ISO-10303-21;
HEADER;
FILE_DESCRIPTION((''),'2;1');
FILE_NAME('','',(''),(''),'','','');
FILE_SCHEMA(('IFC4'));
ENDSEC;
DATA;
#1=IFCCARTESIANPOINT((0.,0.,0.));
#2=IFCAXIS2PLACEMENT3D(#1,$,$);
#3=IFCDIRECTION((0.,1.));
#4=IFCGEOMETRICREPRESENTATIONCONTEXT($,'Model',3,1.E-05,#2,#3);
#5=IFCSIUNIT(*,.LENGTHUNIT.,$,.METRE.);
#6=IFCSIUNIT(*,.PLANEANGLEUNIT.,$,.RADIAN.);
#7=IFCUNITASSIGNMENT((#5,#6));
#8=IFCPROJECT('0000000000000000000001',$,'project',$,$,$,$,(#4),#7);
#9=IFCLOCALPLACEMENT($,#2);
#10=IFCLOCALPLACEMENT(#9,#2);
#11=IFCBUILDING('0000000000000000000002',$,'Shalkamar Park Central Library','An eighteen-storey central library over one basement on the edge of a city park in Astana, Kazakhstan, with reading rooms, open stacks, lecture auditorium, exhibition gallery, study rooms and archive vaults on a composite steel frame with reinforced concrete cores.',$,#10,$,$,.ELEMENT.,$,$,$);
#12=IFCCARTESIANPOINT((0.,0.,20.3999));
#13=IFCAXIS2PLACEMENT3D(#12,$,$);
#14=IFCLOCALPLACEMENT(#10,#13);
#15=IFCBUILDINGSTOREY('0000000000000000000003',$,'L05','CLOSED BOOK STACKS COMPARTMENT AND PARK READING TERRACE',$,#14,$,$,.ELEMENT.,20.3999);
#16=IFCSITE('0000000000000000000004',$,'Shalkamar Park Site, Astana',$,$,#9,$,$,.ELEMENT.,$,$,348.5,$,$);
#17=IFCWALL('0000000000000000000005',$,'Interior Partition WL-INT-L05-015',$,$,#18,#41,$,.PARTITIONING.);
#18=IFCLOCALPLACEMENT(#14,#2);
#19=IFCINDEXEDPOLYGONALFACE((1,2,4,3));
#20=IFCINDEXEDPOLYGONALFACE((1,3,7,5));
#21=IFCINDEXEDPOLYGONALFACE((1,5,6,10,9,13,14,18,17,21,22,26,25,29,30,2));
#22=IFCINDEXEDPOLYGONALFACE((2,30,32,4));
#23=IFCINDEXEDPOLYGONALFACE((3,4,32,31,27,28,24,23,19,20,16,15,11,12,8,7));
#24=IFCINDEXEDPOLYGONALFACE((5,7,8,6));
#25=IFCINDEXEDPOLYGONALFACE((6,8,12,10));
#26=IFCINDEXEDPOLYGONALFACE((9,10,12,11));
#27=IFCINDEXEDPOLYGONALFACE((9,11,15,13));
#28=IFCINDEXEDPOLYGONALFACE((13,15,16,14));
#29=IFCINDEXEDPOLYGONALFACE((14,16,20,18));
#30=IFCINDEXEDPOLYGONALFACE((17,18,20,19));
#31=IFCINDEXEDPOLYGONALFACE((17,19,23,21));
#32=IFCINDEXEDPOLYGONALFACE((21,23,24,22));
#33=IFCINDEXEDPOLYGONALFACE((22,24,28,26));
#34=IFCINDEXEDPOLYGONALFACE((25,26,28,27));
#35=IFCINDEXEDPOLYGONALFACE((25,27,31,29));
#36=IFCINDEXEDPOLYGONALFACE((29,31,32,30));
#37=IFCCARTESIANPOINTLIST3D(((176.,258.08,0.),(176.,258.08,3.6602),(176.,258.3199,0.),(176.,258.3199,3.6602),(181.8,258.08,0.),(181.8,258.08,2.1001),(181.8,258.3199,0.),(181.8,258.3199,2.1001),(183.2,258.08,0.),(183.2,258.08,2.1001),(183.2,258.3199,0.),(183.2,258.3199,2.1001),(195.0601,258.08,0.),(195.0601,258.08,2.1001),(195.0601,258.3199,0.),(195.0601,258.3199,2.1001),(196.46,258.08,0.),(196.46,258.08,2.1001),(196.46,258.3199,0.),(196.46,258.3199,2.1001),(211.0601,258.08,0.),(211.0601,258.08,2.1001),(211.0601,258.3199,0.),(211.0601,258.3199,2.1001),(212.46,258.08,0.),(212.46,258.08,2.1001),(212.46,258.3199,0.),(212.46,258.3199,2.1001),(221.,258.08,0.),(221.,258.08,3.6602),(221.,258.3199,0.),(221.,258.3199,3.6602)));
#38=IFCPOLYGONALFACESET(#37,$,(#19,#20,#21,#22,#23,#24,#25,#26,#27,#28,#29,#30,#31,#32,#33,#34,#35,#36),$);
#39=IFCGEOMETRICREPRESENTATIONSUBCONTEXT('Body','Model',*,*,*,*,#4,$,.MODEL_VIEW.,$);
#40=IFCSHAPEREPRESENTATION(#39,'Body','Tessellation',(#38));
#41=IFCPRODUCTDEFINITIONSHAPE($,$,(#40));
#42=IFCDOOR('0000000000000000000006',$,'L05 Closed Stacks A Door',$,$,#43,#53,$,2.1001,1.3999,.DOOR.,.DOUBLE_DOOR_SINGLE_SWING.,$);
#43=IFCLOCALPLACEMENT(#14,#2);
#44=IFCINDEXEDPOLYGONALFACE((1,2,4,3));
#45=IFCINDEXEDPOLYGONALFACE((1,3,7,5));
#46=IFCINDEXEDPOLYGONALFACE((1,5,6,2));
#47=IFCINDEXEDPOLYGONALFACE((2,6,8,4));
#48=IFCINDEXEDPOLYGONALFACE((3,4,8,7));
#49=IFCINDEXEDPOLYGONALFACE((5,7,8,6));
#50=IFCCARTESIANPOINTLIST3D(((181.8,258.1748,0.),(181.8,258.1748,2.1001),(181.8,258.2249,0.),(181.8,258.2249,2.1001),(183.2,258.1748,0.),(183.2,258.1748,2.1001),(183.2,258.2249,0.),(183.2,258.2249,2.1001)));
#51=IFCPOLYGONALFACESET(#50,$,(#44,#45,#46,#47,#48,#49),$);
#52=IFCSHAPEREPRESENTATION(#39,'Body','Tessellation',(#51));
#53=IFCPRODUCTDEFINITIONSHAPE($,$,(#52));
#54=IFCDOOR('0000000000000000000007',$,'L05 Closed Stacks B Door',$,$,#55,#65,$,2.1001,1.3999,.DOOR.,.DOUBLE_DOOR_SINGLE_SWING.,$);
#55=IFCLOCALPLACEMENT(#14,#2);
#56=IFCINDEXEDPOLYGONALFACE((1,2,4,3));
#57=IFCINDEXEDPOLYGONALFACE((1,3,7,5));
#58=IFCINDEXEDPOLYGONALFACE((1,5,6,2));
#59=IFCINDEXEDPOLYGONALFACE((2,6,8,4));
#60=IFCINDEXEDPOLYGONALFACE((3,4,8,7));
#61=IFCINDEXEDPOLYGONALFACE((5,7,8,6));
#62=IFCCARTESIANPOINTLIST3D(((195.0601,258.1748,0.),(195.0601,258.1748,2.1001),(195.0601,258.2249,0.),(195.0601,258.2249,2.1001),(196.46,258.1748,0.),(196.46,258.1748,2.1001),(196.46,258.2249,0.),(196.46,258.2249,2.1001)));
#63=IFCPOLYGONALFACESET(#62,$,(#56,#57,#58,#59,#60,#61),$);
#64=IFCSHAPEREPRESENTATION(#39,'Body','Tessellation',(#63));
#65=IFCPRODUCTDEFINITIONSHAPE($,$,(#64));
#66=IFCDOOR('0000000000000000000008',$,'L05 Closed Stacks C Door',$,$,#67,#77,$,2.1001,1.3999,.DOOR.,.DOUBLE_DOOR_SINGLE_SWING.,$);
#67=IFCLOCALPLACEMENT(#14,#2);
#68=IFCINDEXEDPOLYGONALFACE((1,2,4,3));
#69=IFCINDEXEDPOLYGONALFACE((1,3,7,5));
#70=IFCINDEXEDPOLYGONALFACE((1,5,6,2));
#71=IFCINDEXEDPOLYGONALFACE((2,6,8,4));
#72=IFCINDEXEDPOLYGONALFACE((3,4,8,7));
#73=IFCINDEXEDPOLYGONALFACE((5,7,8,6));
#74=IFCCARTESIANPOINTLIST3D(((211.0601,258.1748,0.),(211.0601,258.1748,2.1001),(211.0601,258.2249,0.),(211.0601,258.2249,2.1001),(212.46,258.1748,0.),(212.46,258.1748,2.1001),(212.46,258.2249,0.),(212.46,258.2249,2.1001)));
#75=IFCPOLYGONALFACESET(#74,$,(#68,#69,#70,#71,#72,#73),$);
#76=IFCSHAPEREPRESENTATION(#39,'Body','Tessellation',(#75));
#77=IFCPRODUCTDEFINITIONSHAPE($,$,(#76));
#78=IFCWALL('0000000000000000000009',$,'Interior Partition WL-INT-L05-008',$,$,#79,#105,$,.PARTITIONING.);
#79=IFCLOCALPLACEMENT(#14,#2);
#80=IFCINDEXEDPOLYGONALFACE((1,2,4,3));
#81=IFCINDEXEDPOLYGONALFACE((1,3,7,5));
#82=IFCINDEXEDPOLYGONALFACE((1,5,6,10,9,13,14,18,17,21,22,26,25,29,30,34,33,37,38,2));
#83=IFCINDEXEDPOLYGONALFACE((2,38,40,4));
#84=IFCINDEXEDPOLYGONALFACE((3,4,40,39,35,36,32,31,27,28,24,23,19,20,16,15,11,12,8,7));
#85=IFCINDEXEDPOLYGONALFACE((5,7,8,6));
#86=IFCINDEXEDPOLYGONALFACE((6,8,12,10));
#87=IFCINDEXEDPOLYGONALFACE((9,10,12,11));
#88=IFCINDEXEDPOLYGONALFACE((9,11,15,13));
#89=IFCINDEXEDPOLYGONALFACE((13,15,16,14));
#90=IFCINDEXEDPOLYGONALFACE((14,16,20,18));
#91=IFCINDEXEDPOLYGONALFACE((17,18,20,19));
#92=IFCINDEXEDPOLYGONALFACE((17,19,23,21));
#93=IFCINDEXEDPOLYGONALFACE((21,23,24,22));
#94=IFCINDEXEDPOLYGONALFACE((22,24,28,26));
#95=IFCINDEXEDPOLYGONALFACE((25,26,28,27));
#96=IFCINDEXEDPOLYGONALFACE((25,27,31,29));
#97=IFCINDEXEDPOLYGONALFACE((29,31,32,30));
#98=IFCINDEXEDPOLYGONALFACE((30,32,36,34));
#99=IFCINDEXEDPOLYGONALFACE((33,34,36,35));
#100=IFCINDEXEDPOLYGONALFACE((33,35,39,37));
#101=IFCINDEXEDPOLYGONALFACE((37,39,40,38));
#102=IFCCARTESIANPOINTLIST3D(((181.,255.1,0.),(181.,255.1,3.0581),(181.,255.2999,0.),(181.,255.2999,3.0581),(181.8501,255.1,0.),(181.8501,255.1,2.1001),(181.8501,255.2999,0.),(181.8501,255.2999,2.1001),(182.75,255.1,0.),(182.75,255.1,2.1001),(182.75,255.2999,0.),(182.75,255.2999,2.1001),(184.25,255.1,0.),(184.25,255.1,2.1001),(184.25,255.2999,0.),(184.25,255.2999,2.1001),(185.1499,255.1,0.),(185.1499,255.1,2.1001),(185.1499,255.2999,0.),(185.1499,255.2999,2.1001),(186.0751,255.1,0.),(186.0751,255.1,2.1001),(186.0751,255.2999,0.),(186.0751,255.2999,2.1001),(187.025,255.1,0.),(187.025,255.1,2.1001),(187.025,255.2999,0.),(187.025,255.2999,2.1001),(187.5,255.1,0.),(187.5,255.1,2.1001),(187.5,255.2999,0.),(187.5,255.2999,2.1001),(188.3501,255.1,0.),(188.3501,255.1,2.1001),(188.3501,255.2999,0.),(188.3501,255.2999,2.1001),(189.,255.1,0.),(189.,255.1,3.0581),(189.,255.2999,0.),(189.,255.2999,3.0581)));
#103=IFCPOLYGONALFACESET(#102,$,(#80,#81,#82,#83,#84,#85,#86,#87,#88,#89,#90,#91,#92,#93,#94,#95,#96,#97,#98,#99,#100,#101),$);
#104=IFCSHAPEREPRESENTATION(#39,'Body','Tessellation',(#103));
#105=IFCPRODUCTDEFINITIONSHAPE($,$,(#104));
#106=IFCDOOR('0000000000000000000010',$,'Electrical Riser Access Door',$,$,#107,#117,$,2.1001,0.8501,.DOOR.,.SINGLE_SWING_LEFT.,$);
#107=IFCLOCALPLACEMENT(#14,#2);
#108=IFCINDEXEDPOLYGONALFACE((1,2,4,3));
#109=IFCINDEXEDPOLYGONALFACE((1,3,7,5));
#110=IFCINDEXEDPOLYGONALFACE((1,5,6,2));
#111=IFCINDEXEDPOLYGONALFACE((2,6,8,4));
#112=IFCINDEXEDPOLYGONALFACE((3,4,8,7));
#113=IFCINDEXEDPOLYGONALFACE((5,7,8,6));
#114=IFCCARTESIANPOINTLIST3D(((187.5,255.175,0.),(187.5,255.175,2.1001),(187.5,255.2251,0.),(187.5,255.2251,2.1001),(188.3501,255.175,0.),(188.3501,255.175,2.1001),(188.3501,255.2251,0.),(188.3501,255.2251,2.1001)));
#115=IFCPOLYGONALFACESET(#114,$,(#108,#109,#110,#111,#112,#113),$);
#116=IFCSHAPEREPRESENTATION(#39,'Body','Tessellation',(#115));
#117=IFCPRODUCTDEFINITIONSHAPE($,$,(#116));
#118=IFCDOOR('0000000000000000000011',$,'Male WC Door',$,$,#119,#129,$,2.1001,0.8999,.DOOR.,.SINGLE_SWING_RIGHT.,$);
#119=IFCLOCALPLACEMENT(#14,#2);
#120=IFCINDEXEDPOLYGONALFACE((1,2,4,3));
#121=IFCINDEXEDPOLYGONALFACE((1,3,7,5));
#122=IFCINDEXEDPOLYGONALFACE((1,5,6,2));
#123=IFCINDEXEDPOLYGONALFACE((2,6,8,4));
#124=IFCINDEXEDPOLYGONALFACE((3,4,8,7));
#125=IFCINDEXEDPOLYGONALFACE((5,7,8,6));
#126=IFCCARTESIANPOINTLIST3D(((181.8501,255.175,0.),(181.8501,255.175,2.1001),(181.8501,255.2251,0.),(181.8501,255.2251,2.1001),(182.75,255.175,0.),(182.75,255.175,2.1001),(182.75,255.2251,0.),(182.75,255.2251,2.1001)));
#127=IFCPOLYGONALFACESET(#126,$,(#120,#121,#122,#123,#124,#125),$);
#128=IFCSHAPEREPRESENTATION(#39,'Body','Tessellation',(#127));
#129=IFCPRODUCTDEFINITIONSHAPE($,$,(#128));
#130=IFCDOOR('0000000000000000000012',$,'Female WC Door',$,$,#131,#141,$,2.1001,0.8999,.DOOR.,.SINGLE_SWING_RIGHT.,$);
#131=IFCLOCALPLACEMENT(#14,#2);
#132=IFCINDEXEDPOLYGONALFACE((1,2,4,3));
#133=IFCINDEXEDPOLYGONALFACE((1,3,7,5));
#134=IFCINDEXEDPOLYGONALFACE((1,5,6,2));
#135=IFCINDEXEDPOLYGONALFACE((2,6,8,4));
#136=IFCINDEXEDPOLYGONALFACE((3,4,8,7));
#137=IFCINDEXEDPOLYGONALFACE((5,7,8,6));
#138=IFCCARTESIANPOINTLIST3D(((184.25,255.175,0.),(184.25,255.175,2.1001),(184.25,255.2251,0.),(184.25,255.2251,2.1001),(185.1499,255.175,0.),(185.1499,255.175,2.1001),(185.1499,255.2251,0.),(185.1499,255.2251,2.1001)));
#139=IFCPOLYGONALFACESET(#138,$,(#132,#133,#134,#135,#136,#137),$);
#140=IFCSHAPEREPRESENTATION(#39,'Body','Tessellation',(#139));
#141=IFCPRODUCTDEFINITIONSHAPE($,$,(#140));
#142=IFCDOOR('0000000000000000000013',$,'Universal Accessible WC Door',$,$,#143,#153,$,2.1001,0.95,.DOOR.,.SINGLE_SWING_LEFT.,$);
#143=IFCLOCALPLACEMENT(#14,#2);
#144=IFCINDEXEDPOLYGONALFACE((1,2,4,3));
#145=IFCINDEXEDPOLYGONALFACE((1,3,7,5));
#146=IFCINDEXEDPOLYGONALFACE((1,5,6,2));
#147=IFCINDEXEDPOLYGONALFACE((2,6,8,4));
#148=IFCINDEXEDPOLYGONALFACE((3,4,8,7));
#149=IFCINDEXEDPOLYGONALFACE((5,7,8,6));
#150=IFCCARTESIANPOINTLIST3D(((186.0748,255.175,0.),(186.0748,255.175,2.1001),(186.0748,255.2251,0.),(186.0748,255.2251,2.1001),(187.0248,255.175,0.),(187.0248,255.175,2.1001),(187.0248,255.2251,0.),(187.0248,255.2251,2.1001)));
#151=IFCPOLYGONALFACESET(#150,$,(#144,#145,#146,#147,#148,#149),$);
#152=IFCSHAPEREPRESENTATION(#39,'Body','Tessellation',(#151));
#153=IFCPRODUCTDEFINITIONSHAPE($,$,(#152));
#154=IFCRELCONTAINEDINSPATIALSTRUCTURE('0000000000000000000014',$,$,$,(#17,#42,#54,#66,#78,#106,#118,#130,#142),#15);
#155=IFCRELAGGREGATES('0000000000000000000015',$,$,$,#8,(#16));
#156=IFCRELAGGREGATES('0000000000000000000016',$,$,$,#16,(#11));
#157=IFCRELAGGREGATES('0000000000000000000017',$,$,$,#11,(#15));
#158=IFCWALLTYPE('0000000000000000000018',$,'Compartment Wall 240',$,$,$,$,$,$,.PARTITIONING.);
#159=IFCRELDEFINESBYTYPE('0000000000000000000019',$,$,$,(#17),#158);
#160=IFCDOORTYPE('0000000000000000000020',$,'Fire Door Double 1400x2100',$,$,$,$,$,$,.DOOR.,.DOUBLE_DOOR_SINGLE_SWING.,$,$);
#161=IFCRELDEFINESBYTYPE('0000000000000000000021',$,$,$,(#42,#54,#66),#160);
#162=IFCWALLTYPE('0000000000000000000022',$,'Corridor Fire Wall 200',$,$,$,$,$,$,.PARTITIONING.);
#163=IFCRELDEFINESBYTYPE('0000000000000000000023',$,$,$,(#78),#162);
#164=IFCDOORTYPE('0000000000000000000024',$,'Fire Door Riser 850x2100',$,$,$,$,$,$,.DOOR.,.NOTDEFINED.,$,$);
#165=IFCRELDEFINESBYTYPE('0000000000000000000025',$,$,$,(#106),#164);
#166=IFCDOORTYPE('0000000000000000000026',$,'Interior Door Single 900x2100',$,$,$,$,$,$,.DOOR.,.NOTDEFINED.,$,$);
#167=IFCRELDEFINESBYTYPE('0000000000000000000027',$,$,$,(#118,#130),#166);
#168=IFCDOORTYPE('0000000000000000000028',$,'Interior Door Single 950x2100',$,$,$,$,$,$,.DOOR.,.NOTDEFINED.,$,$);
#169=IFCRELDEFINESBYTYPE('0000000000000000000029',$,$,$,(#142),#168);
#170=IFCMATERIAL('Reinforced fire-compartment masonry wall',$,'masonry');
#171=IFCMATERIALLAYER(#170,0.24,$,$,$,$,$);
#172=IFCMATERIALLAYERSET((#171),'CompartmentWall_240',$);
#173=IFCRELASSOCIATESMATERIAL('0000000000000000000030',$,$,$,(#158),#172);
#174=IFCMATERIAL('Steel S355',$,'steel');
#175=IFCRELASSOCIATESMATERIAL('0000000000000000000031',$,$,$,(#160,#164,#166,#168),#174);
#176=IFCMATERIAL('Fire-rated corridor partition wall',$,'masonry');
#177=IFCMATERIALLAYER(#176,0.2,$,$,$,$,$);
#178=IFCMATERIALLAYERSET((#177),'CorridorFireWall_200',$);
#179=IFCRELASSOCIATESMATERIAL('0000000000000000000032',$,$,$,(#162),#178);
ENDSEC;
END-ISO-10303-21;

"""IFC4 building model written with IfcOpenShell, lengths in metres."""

from ifc_helpers import new_model, si_unit, direction, frame, frame_2d, origin, place, context, subcontext, project, spatial, rectangle, extrude, material, layer, layer_set, type_object, element, fill, save


model = new_model("IFC4")

# Units and contexts
model_context = context("Model", 3, precision=1e-05, world=origin(), true_north=direction((0.0, 1.0)))
body_context = subcontext(model_context, "Body", "Model", "MODEL_VIEW")
ifc_project = project(units=[si_unit("LENGTHUNIT", "METRE"), si_unit("PLANEANGLEUNIT", "RADIAN")], contexts=[model_context])

# Site, building, storey
site_placement = place(None, origin())
site = spatial("IfcSite", under=ifc_project, at=site_placement, Name="Shalkamar Park Site, Astana", CompositionType="ELEMENT", RefElevation=348.5)
building_placement = place(site_placement, origin())
building = spatial("IfcBuilding", under=site, at=building_placement, Name="Shalkamar Park Central Library", Description="An eighteen-storey central library over one basement on the edge of a city park in Astana, Kazakhstan, with reading rooms, open stacks, lecture auditorium, exhibition gallery, study rooms and archive vaults on a composite steel frame with reinforced concrete cores.", CompositionType="ELEMENT")
storey_placement = place(building_placement, frame((0.0, 0.0, 20.3999)))
storey = spatial("IfcBuildingStorey", under=building, at=storey_placement, Name="L05", Description="CLOSED BOOK STACKS COMPARTMENT AND PARK READING TERRACE", CompositionType="ELEMENT", Elevation=20.3999)

# Shared definitions
ifc_material_1 = material(Name="Steel S355", Category="steel")

# Shared definitions
ifc_material_2 = material(Name="Reinforced fire-compartment masonry wall", Category="masonry")
ifc_layer_1 = layer(ifc_material_2, 0.24)
ifc_layer_set_1 = layer_set([ifc_layer_1], Name="CompartmentWall_240")
wall_type_1 = type_object("IfcWallType", Name="Compartment Wall 240", PredefinedType="PARTITIONING", material=ifc_layer_set_1)

# Walls, openings, doors
wall_1_placement = place(storey_placement, frame((176.0, 258.2, 0.0), z_axis=(0.0, 0.0, 1.0), x_axis=(1.0, 0.0, 0.0)))
wall_1 = element("IfcWall", 1, at=wall_1_placement, inside=storey, type_object=wall_type_1, Name="Interior Partition WL-INT-L05-015", PredefinedType="PARTITIONING", context=body_context, shape_type="SweptSolid", body=[
    extrude(rectangle(XDim=45.0, YDim=0.24, at=frame_2d((22.5, 0.0))), origin(), (0.0, 0.0, 1.0), 3.6602),
])
opening_1_placement = place(wall_1_placement, frame((5.8, 0.0, 0.0)))
opening_1 = element("IfcOpeningElement", 2, at=opening_1_placement, cuts=wall_1, PredefinedType="OPENING", context=body_context, shape_type="SweptSolid", body=[
    extrude(rectangle(XDim=1.3999, YDim=2.1001, at=frame_2d((0.7, 1.05))), frame((0.0, 0.1348, 0.0), z_axis=(0.0, -1.0, 0.0), x_axis=(1.0, 0.0, 0.0)), (0.0, 0.0, 1.0), 0.2698),
])
opening_2_placement = place(wall_1_placement, frame((19.0601, 0.0, 0.0)))
opening_2 = element("IfcOpeningElement", 3, at=opening_2_placement, cuts=wall_1, PredefinedType="OPENING", context=body_context, shape_type="SweptSolid", body=[
    extrude(rectangle(XDim=1.3999, YDim=2.1001, at=frame_2d((0.7, 1.05))), frame((0.0, 0.1348, 0.0), z_axis=(0.0, -1.0, 0.0), x_axis=(1.0, 0.0, 0.0)), (0.0, 0.0, 1.0), 0.2698),
])
opening_3_placement = place(wall_1_placement, frame((35.0601, 0.0, 0.0)))
opening_3 = element("IfcOpeningElement", 4, at=opening_3_placement, cuts=wall_1, PredefinedType="OPENING", context=body_context, shape_type="SweptSolid", body=[
    extrude(rectangle(XDim=1.3999, YDim=2.1001, at=frame_2d((0.7, 1.05))), frame((0.0, 0.1348, 0.0), z_axis=(0.0, -1.0, 0.0), x_axis=(1.0, 0.0, 0.0)), (0.0, 0.0, 1.0), 0.2698),
])
door_type_1 = type_object("IfcDoorType", Name="Fire Door Double 1400x2100", OperationType="DOUBLE_DOOR_SINGLE_SWING", PredefinedType="DOOR", material=ifc_material_1)
door_1_placement = place(opening_1_placement, origin())
door_1 = element("IfcDoor", 5, at=door_1_placement, inside=storey, type_object=door_type_1, Name="L05 Closed Stacks A Door", OperationType="DOUBLE_DOOR_SINGLE_SWING", OverallHeight=2.1001, OverallWidth=1.3999, PredefinedType="DOOR", context=body_context, shape_type="SweptSolid", body=[
    extrude(rectangle(XDim=1.3999, YDim=2.1001, at=frame_2d((0.7, 1.05))), frame((0.0, 0.0249, 0.0), z_axis=(0.0, -1.0, 0.0), x_axis=(1.0, 0.0, 0.0)), (0.0, 0.0, 1.0), 0.05),
])
fill(opening_1, door_1)
door_2_placement = place(opening_2_placement, origin())
door_2 = element("IfcDoor", 6, at=door_2_placement, inside=storey, type_object=door_type_1, Name="L05 Closed Stacks B Door", OperationType="DOUBLE_DOOR_SINGLE_SWING", OverallHeight=2.1001, OverallWidth=1.3999, PredefinedType="DOOR", context=body_context, shape_type="SweptSolid", body=[
    extrude(rectangle(XDim=1.3999, YDim=2.1001, at=frame_2d((0.7, 1.05))), frame((0.0, 0.0249, 0.0), z_axis=(0.0, -1.0, 0.0), x_axis=(1.0, 0.0, 0.0)), (0.0, 0.0, 1.0), 0.05),
])
fill(opening_2, door_2)
door_3_placement = place(opening_3_placement, origin())
door_3 = element("IfcDoor", 7, at=door_3_placement, inside=storey, type_object=door_type_1, Name="L05 Closed Stacks C Door", OperationType="DOUBLE_DOOR_SINGLE_SWING", OverallHeight=2.1001, OverallWidth=1.3999, PredefinedType="DOOR", context=body_context, shape_type="SweptSolid", body=[
    extrude(rectangle(XDim=1.3999, YDim=2.1001, at=frame_2d((0.7, 1.05))), frame((0.0, 0.0249, 0.0), z_axis=(0.0, -1.0, 0.0), x_axis=(1.0, 0.0, 0.0)), (0.0, 0.0, 1.0), 0.05),
])
fill(opening_3, door_3)
ifc_material_3 = material(Name="Fire-rated corridor partition wall", Category="masonry")
ifc_layer_2 = layer(ifc_material_3, 0.2)
ifc_layer_set_2 = layer_set([ifc_layer_2], Name="CorridorFireWall_200")
wall_type_2 = type_object("IfcWallType", Name="Corridor Fire Wall 200", PredefinedType="PARTITIONING", material=ifc_layer_set_2)
wall_2_placement = place(storey_placement, frame((181.0, 255.2, 0.0), z_axis=(0.0, 0.0, 1.0), x_axis=(1.0, 0.0, 0.0)))
wall_2 = element("IfcWall", 8, at=wall_2_placement, inside=storey, type_object=wall_type_2, Name="Interior Partition WL-INT-L05-008", PredefinedType="PARTITIONING", context=body_context, shape_type="SweptSolid", body=[
    extrude(rectangle(XDim=8.0, YDim=0.2, at=frame_2d((4.0, 0.0))), origin(), (0.0, 0.0, 1.0), 3.0581),
])
opening_4_placement = place(wall_2_placement, frame((0.8501, 0.0, 0.0)))
opening_4 = element("IfcOpeningElement", 9, at=opening_4_placement, cuts=wall_2, PredefinedType="OPENING", context=body_context, shape_type="SweptSolid", body=[
    extrude(rectangle(XDim=0.8999, YDim=2.1001, at=frame_2d((0.45, 1.05))), frame((0.0, 0.1147, 0.0), z_axis=(0.0, -1.0, 0.0), x_axis=(1.0, 0.0, 0.0)), (0.0, 0.0, 1.0), 0.2297),
])
opening_5_placement = place(wall_2_placement, frame((3.25, 0.0, 0.0)))
opening_5 = element("IfcOpeningElement", 10, at=opening_5_placement, cuts=wall_2, PredefinedType="OPENING", context=body_context, shape_type="SweptSolid", body=[
    extrude(rectangle(XDim=0.8999, YDim=2.1001, at=frame_2d((0.45, 1.05))), frame((0.0, 0.1147, 0.0), z_axis=(0.0, -1.0, 0.0), x_axis=(1.0, 0.0, 0.0)), (0.0, 0.0, 1.0), 0.2297),
])
opening_6_placement = place(wall_2_placement, frame((5.075, 0.0, 0.0)))
opening_6 = element("IfcOpeningElement", 11, at=opening_6_placement, cuts=wall_2, PredefinedType="OPENING", context=body_context, shape_type="SweptSolid", body=[
    extrude(rectangle(XDim=0.95, YDim=2.1001, at=frame_2d((0.4751, 1.05))), frame((0.0, 0.1147, 0.0), z_axis=(0.0, -1.0, 0.0), x_axis=(1.0, 0.0, 0.0)), (0.0, 0.0, 1.0), 0.2297),
])
opening_7_placement = place(wall_2_placement, frame((6.5, 0.0, 0.0)))
opening_7 = element("IfcOpeningElement", 12, at=opening_7_placement, cuts=wall_2, PredefinedType="OPENING", context=body_context, shape_type="SweptSolid", body=[
    extrude(rectangle(XDim=0.8501, YDim=2.1001, at=frame_2d((0.425, 1.05))), frame((0.0, 0.1147, 0.0), z_axis=(0.0, -1.0, 0.0), x_axis=(1.0, 0.0, 0.0)), (0.0, 0.0, 1.0), 0.2297),
])
door_type_2 = type_object("IfcDoorType", Name="Fire Door Riser 850x2100", OperationType="NOTDEFINED", PredefinedType="DOOR", material=ifc_material_1)
door_4_placement = place(opening_7_placement, frame((0.8501, 0.0, 0.0), z_axis=(0.0, 0.0, 1.0), x_axis=(-1.0, 0.0, 0.0)))
door_4 = element("IfcDoor", 13, at=door_4_placement, inside=storey, type_object=door_type_2, Name="Electrical Riser Access Door", OperationType="SINGLE_SWING_LEFT", OverallHeight=2.1001, OverallWidth=0.8501, PredefinedType="DOOR", context=body_context, shape_type="SweptSolid", body=[
    extrude(rectangle(XDim=0.8501, YDim=2.1001, at=frame_2d((0.425, 1.05))), frame((0.0, 0.0249, 0.0), z_axis=(0.0, -1.0, 0.0), x_axis=(1.0, 0.0, 0.0)), (0.0, 0.0, 1.0), 0.05),
])
fill(opening_7, door_4)
door_type_3 = type_object("IfcDoorType", Name="Interior Door Single 900x2100", OperationType="NOTDEFINED", PredefinedType="DOOR", material=ifc_material_1)
door_5_placement = place(opening_4_placement, frame((0.8999, 0.0, 0.0), z_axis=(0.0, 0.0, 1.0), x_axis=(-1.0, 0.0, 0.0)))
door_5 = element("IfcDoor", 14, at=door_5_placement, inside=storey, type_object=door_type_3, Name="Male WC Door", OperationType="SINGLE_SWING_RIGHT", OverallHeight=2.1001, OverallWidth=0.8999, PredefinedType="DOOR", context=body_context, shape_type="SweptSolid", body=[
    extrude(rectangle(XDim=0.8999, YDim=2.1001, at=frame_2d((0.45, 1.05))), frame((0.0, 0.0249, 0.0), z_axis=(0.0, -1.0, 0.0), x_axis=(1.0, 0.0, 0.0)), (0.0, 0.0, 1.0), 0.05),
])
fill(opening_4, door_5)
door_6_placement = place(opening_5_placement, frame((0.8999, 0.0, 0.0), z_axis=(0.0, 0.0, 1.0), x_axis=(-1.0, 0.0, 0.0)))
door_6 = element("IfcDoor", 15, at=door_6_placement, inside=storey, type_object=door_type_3, Name="Female WC Door", OperationType="SINGLE_SWING_RIGHT", OverallHeight=2.1001, OverallWidth=0.8999, PredefinedType="DOOR", context=body_context, shape_type="SweptSolid", body=[
    extrude(rectangle(XDim=0.8999, YDim=2.1001, at=frame_2d((0.45, 1.05))), frame((0.0, 0.0249, 0.0), z_axis=(0.0, -1.0, 0.0), x_axis=(1.0, 0.0, 0.0)), (0.0, 0.0, 1.0), 0.05),
])
fill(opening_5, door_6)
door_type_4 = type_object("IfcDoorType", Name="Interior Door Single 950x2100", OperationType="NOTDEFINED", PredefinedType="DOOR", material=ifc_material_1)
door_7_placement = place(opening_6_placement, frame((0.95, 0.0, 0.0), z_axis=(0.0, 0.0, 1.0), x_axis=(-1.0, 0.0, 0.0)))
door_7 = element("IfcDoor", 16, at=door_7_placement, inside=storey, type_object=door_type_4, Name="Universal Accessible WC Door", OperationType="SINGLE_SWING_LEFT", OverallHeight=2.1001, OverallWidth=0.95, PredefinedType="DOOR", context=body_context, shape_type="SweptSolid", body=[
    extrude(rectangle(XDim=0.95, YDim=2.1001, at=frame_2d((0.4751, 1.05))), frame((0.0, 0.0249, 0.0), z_axis=(0.0, -1.0, 0.0), x_axis=(1.0, 0.0, 0.0)), (0.0, 0.0, 1.0), 0.05),
])
fill(opening_6, door_7)

save(model, "model.ifc")
